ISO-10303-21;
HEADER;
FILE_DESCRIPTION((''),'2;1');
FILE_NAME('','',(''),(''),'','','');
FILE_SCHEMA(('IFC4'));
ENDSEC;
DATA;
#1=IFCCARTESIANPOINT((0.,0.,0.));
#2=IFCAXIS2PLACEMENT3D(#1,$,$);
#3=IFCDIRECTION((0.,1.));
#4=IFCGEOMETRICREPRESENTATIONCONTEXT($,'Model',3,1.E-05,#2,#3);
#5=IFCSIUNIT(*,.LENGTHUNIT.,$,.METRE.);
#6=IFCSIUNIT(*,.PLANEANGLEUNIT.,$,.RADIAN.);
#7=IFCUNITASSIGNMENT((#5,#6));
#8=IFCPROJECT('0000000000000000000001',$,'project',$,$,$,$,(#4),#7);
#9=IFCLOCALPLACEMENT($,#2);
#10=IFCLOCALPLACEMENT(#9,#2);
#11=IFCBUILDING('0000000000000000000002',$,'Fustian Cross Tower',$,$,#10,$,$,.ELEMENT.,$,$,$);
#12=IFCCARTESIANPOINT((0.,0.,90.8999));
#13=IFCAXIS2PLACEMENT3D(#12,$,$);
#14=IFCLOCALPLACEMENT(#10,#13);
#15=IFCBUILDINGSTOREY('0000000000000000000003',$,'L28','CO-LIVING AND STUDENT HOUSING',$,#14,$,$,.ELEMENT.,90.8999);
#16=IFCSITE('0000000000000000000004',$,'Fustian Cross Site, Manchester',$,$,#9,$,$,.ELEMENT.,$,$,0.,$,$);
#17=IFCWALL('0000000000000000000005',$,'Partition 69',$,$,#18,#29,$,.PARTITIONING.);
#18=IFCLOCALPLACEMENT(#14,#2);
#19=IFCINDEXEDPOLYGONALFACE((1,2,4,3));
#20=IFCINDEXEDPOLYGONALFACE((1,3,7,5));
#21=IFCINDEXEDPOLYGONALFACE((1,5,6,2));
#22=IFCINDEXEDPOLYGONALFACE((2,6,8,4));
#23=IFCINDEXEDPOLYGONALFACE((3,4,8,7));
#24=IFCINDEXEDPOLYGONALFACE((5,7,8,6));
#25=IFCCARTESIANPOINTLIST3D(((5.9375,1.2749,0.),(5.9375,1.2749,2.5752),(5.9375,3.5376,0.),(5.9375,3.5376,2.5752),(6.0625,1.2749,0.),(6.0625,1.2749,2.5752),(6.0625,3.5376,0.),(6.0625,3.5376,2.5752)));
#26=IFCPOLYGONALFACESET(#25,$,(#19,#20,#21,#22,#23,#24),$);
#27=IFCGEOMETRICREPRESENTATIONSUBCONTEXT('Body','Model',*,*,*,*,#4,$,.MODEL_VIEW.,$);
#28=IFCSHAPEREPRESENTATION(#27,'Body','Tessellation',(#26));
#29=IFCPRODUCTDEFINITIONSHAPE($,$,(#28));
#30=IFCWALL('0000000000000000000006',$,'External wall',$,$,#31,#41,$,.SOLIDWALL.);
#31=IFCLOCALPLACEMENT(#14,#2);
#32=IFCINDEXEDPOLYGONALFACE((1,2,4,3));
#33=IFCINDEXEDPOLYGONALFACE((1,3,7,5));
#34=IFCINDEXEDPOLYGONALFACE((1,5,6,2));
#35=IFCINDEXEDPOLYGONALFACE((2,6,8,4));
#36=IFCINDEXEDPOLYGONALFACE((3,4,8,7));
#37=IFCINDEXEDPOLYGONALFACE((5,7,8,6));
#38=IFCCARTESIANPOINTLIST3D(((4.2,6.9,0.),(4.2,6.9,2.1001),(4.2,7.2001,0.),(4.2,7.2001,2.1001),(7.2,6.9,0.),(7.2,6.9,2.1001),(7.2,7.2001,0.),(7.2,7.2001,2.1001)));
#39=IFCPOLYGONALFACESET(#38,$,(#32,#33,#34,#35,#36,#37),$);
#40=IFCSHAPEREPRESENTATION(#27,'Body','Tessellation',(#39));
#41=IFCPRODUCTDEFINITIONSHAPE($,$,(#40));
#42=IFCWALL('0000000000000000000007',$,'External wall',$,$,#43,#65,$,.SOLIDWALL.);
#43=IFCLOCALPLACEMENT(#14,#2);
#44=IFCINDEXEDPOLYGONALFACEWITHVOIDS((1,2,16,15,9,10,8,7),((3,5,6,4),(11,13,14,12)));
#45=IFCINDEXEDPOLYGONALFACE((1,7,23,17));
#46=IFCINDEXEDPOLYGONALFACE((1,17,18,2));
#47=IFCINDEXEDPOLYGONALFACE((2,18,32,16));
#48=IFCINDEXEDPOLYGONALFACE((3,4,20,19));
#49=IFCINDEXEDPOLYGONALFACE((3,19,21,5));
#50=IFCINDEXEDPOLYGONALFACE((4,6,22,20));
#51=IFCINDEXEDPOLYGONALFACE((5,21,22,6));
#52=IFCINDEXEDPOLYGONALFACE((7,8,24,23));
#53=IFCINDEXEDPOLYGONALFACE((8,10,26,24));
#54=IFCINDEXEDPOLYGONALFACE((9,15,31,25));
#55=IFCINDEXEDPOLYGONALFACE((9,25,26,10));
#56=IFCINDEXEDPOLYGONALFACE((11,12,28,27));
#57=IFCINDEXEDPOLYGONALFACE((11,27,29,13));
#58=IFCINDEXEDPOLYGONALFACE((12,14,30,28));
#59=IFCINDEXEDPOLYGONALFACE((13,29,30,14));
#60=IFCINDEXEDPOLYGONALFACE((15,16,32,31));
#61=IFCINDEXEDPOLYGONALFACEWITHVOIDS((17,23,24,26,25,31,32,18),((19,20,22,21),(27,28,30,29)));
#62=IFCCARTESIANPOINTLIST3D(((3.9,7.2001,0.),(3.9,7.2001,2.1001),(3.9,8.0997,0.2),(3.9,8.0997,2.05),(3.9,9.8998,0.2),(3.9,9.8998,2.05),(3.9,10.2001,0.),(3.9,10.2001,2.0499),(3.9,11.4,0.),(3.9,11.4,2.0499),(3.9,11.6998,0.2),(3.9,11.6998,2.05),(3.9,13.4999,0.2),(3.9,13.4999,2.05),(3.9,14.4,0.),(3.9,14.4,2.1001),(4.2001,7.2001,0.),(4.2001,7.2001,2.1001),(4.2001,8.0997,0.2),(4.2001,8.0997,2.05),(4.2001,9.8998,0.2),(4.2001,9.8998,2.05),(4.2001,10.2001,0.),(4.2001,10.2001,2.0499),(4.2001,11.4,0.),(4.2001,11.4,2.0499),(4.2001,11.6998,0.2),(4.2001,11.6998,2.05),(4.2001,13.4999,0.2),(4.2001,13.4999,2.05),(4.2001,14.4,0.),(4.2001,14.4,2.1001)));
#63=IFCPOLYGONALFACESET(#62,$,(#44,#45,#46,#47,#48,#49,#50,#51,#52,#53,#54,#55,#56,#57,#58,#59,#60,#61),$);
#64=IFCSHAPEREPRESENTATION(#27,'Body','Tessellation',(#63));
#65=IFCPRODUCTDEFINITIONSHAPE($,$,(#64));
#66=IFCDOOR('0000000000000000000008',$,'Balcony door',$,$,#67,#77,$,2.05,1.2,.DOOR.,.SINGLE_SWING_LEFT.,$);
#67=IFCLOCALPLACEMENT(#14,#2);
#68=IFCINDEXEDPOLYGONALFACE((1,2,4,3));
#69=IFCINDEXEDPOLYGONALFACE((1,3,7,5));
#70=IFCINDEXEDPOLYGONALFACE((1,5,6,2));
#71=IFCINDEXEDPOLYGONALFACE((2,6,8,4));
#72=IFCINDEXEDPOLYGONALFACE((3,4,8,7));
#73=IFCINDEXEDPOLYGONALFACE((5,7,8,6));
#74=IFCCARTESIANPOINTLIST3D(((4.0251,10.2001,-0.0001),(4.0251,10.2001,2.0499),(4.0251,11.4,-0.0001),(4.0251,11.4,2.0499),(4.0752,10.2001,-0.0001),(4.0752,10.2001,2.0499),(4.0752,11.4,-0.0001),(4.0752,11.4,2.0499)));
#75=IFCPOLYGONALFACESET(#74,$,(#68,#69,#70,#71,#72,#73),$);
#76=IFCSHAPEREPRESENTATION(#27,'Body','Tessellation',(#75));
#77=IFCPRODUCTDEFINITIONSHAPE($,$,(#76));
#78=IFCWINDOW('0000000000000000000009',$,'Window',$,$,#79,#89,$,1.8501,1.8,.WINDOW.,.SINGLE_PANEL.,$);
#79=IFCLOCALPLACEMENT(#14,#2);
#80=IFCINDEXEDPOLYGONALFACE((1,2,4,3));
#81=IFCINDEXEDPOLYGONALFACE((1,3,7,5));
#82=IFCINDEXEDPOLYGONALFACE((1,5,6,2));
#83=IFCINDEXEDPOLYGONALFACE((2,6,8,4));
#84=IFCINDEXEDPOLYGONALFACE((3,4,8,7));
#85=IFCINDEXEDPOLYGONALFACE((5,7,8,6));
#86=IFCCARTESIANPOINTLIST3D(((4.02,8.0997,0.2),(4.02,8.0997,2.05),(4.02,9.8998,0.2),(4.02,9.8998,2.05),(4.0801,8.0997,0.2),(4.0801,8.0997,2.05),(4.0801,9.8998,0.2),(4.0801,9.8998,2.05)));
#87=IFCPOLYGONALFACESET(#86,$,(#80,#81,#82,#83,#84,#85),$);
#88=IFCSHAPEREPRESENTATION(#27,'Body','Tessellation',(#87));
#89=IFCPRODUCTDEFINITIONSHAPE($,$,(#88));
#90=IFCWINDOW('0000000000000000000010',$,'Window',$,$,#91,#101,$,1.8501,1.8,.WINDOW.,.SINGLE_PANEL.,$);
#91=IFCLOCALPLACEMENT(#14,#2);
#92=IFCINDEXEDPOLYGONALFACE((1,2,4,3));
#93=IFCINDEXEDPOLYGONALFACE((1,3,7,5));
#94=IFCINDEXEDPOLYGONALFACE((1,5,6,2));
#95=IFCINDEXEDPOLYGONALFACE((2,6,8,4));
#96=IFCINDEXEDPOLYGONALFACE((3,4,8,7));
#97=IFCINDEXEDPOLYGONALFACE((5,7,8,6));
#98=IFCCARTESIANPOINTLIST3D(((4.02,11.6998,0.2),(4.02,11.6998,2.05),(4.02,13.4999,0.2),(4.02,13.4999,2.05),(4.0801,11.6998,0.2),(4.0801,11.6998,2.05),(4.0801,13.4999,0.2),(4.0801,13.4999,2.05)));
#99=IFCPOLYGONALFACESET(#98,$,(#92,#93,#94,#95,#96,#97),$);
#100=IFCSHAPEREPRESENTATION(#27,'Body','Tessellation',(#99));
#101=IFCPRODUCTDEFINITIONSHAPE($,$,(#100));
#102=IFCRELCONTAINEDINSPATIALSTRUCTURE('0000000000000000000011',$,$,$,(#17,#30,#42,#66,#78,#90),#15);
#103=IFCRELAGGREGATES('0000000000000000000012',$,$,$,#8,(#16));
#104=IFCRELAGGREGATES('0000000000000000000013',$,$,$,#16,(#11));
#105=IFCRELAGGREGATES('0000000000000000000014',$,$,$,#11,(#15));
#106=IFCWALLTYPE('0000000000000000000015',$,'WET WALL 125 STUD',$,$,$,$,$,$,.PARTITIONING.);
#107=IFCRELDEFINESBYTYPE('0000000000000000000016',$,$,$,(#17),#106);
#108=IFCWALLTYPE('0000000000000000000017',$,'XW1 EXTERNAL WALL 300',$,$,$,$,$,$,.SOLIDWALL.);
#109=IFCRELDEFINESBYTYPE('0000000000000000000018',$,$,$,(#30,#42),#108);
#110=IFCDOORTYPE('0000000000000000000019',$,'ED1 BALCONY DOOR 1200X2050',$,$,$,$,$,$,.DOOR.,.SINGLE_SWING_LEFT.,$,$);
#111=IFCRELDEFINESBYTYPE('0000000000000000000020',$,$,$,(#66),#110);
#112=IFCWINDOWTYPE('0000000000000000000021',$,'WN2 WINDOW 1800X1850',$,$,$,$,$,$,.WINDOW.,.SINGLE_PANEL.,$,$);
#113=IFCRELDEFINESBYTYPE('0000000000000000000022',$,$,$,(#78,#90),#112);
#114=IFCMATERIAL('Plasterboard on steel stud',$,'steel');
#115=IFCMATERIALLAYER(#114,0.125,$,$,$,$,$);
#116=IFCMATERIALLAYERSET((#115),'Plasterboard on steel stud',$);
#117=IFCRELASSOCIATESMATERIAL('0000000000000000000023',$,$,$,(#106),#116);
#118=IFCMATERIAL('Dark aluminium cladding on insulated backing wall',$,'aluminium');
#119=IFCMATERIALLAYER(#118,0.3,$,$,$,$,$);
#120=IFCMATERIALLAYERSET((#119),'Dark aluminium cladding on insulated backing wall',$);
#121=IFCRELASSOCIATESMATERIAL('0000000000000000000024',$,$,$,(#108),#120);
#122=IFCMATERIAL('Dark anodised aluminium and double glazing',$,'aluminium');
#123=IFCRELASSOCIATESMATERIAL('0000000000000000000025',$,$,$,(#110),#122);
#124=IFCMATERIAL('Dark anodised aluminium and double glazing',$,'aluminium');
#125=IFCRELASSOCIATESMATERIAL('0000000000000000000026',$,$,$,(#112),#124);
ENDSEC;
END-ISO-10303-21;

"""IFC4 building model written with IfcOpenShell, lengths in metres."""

from ifc_helpers import new_model, si_unit, direction, frame, frame_2d, origin, place, context, subcontext, project, spatial, rectangle, extrude, material, layer, layer_set, type_object, element, fill, save


model = new_model("IFC4")

# Units and contexts
model_context = context("Model", 3, precision=1e-05, world=origin(), true_north=direction((0.0, 1.0)))
body_context = subcontext(model_context, "Body", "Model", "MODEL_VIEW")
ifc_project = project(units=[si_unit("LENGTHUNIT", "METRE"), si_unit("PLANEANGLEUNIT", "RADIAN")], contexts=[model_context])

# Site, building, storey
site_placement = place(None, origin())
site = spatial("IfcSite", under=ifc_project, at=site_placement, Name="Fustian Cross Site, Manchester", CompositionType="ELEMENT", RefElevation=0.0)
building_placement = place(site_placement, origin())
building = spatial("IfcBuilding", under=site, at=building_placement, Name="Fustian Cross Tower", CompositionType="ELEMENT")
storey_placement = place(building_placement, frame((0.0, 0.0, 90.8999)))
storey = spatial("IfcBuildingStorey", under=building, at=storey_placement, Name="L28", Description="CO-LIVING AND STUDENT HOUSING", CompositionType="ELEMENT", Elevation=90.8999)

# Walls
ifc_material_1 = material(Name="Plasterboard on steel stud", Category="steel")
ifc_layer_1 = layer(ifc_material_1, 0.125)
ifc_layer_set_1 = layer_set([ifc_layer_1], Name="Plasterboard on steel stud")
wall_type_1 = type_object("IfcWallType", Name="WET WALL 125 STUD", PredefinedType="PARTITIONING", material=ifc_layer_set_1)
for number, where, z_axis, x_axis, name in (
    (1, (6.0, 1.2749, 0.0), (0.0, 0.0, 1.0), (0.0, 1.0, 0.0), "Partition 69"),
):
    element("IfcWall", number, at=place(storey_placement, frame(where, z_axis=z_axis, x_axis=x_axis)), inside=storey, type_object=wall_type_1, Name=name, PredefinedType="PARTITIONING", context=body_context, shape_type="SweptSolid", body=[
        extrude(rectangle(XDim=2.2627, YDim=0.125, at=frame_2d((1.1313, 0.0))), origin(), (0.0, 0.0, 1.0), 2.5752),
    ])
ifc_material_2 = material(Name="Dark aluminium cladding on insulated backing wall", Category="aluminium")
ifc_layer_2 = layer(ifc_material_2, 0.3)
ifc_layer_set_2 = layer_set([ifc_layer_2], Name="Dark aluminium cladding on insulated backing wall")
wall_type_2 = type_object("IfcWallType", Name="XW1 EXTERNAL WALL 300", PredefinedType="SOLIDWALL", material=ifc_layer_set_2)
wall_1_placement = place(storey_placement, frame((7.2, 7.05, 0.0), z_axis=(0.0, 0.0, 1.0), x_axis=(-1.0, 0.0, 0.0)))
element("IfcWall", 2, at=wall_1_placement, inside=storey, type_object=wall_type_2, Name="External wall", PredefinedType="SOLIDWALL", context=body_context, shape_type="SweptSolid", body=[
    extrude(rectangle(XDim=3.0, YDim=0.3, at=frame_2d((1.5, 0.0))), origin(), (0.0, 0.0, 1.0), 2.1001),
])

# Wall, openings, door, windows
wall_2_placement = place(storey_placement, frame((4.05, 7.2, 0.0), z_axis=(0.0, 0.0, 1.0), x_axis=(0.0, 1.0, 0.0)))
wall_2 = element("IfcWall", 3, at=wall_2_placement, inside=storey, type_object=wall_type_2, Name="External wall", PredefinedType="SOLIDWALL", context=body_context, shape_type="SweptSolid", body=[
    extrude(rectangle(XDim=7.2, YDim=0.3, at=frame_2d((3.6001, 0.0))), origin(), (0.0, 0.0, 1.0), 2.1001),
])
opening_1_placement = place(wall_2_placement, frame((3.0, 0.0, 0.0)))
opening_1 = element("IfcOpeningElement", 4, at=opening_1_placement, cuts=wall_2, PredefinedType="OPENING", context=body_context, shape_type="SweptSolid", body=[
    extrude(rectangle(XDim=1.2, YDim=2.05, at=frame_2d((0.6001, 1.0249))), frame((0.0, 0.1599, 0.0), z_axis=(0.0, -1.0, 0.0), x_axis=(1.0, 0.0, 0.0)), (0.0, 0.0, 1.0), 0.3201),
])
opening_2_placement = place(wall_2_placement, frame((0.8999, 0.0, 0.2)))
opening_2 = element("IfcOpeningElement", 5, at=opening_2_placement, cuts=wall_2, PredefinedType="OPENING", context=body_context, shape_type="SweptSolid", body=[
    extrude(rectangle(XDim=1.8, YDim=1.8501, at=frame_2d((0.8999, 0.925))), frame((0.0, 0.1599, 0.0), z_axis=(0.0, -1.0, 0.0), x_axis=(1.0, 0.0, 0.0)), (0.0, 0.0, 1.0), 0.3201),
])
opening_3_placement = place(wall_2_placement, frame((4.5, 0.0, 0.2)))
opening_3 = element("IfcOpeningElement", 6, at=opening_3_placement, cuts=wall_2, PredefinedType="OPENING", context=body_context, shape_type="SweptSolid", body=[
    extrude(rectangle(XDim=1.8, YDim=1.8501, at=frame_2d((0.8999, 0.925))), frame((0.0, 0.1599, 0.0), z_axis=(0.0, -1.0, 0.0), x_axis=(1.0, 0.0, 0.0)), (0.0, 0.0, 1.0), 0.3201),
])
ifc_material_3 = material(Name="Dark anodised aluminium and double glazing", Category="aluminium")
door_type_1 = type_object("IfcDoorType", Name="ED1 BALCONY DOOR 1200X2050", OperationType="SINGLE_SWING_LEFT", PredefinedType="DOOR", material=ifc_material_3)
door_1_placement = place(opening_1_placement, origin())
door_1 = element("IfcDoor", 7, at=door_1_placement, inside=storey, type_object=door_type_1, Name="Balcony door", OperationType="SINGLE_SWING_LEFT", OverallHeight=2.05, OverallWidth=1.2, PredefinedType="DOOR", context=body_context, shape_type="SweptSolid", body=[
    extrude(rectangle(XDim=1.2, YDim=2.05, at=frame_2d((0.6001, 1.0249))), frame((0.0, 0.0249, 0.0), z_axis=(0.0, -1.0, 0.0), x_axis=(1.0, 0.0, 0.0)), (0.0, 0.0, 1.0), 0.05),
])
fill(opening_1, door_1)
ifc_material_4 = material(Name="Dark anodised aluminium and double glazing", Category="aluminium")
window_type = type_object("IfcWindowType", Name="WN2 WINDOW 1800X1850", PartitioningType="SINGLE_PANEL", PredefinedType="WINDOW", material=ifc_material_4)
window_1_placement = place(opening_2_placement, origin())
window_1 = element("IfcWindow", 8, at=window_1_placement, inside=storey, type_object=window_type, Name="Window", OverallHeight=1.8501, OverallWidth=1.8, PartitioningType="SINGLE_PANEL", PredefinedType="WINDOW", context=body_context, shape_type="SweptSolid", body=[
    extrude(rectangle(XDim=1.8, YDim=1.8501, at=frame_2d((0.8999, 0.925))), frame((0.0, 0.03, 0.0), z_axis=(0.0, -1.0, 0.0), x_axis=(1.0, 0.0, 0.0)), (0.0, 0.0, 1.0), 0.0601),
])
fill(opening_2, window_1)
window_2_placement = place(opening_3_placement, origin())
window_2 = element("IfcWindow", 9, at=window_2_placement, inside=storey, type_object=window_type, Name="Window", OverallHeight=1.8501, OverallWidth=1.8, PartitioningType="SINGLE_PANEL", PredefinedType="WINDOW", context=body_context, shape_type="SweptSolid", body=[
    extrude(rectangle(XDim=1.8, YDim=1.8501, at=frame_2d((0.8999, 0.925))), frame((0.0, 0.03, 0.0), z_axis=(0.0, -1.0, 0.0), x_axis=(1.0, 0.0, 0.0)), (0.0, 0.0, 1.0), 0.0601),
])
fill(opening_3, window_2)

save(model, "model.ifc")
